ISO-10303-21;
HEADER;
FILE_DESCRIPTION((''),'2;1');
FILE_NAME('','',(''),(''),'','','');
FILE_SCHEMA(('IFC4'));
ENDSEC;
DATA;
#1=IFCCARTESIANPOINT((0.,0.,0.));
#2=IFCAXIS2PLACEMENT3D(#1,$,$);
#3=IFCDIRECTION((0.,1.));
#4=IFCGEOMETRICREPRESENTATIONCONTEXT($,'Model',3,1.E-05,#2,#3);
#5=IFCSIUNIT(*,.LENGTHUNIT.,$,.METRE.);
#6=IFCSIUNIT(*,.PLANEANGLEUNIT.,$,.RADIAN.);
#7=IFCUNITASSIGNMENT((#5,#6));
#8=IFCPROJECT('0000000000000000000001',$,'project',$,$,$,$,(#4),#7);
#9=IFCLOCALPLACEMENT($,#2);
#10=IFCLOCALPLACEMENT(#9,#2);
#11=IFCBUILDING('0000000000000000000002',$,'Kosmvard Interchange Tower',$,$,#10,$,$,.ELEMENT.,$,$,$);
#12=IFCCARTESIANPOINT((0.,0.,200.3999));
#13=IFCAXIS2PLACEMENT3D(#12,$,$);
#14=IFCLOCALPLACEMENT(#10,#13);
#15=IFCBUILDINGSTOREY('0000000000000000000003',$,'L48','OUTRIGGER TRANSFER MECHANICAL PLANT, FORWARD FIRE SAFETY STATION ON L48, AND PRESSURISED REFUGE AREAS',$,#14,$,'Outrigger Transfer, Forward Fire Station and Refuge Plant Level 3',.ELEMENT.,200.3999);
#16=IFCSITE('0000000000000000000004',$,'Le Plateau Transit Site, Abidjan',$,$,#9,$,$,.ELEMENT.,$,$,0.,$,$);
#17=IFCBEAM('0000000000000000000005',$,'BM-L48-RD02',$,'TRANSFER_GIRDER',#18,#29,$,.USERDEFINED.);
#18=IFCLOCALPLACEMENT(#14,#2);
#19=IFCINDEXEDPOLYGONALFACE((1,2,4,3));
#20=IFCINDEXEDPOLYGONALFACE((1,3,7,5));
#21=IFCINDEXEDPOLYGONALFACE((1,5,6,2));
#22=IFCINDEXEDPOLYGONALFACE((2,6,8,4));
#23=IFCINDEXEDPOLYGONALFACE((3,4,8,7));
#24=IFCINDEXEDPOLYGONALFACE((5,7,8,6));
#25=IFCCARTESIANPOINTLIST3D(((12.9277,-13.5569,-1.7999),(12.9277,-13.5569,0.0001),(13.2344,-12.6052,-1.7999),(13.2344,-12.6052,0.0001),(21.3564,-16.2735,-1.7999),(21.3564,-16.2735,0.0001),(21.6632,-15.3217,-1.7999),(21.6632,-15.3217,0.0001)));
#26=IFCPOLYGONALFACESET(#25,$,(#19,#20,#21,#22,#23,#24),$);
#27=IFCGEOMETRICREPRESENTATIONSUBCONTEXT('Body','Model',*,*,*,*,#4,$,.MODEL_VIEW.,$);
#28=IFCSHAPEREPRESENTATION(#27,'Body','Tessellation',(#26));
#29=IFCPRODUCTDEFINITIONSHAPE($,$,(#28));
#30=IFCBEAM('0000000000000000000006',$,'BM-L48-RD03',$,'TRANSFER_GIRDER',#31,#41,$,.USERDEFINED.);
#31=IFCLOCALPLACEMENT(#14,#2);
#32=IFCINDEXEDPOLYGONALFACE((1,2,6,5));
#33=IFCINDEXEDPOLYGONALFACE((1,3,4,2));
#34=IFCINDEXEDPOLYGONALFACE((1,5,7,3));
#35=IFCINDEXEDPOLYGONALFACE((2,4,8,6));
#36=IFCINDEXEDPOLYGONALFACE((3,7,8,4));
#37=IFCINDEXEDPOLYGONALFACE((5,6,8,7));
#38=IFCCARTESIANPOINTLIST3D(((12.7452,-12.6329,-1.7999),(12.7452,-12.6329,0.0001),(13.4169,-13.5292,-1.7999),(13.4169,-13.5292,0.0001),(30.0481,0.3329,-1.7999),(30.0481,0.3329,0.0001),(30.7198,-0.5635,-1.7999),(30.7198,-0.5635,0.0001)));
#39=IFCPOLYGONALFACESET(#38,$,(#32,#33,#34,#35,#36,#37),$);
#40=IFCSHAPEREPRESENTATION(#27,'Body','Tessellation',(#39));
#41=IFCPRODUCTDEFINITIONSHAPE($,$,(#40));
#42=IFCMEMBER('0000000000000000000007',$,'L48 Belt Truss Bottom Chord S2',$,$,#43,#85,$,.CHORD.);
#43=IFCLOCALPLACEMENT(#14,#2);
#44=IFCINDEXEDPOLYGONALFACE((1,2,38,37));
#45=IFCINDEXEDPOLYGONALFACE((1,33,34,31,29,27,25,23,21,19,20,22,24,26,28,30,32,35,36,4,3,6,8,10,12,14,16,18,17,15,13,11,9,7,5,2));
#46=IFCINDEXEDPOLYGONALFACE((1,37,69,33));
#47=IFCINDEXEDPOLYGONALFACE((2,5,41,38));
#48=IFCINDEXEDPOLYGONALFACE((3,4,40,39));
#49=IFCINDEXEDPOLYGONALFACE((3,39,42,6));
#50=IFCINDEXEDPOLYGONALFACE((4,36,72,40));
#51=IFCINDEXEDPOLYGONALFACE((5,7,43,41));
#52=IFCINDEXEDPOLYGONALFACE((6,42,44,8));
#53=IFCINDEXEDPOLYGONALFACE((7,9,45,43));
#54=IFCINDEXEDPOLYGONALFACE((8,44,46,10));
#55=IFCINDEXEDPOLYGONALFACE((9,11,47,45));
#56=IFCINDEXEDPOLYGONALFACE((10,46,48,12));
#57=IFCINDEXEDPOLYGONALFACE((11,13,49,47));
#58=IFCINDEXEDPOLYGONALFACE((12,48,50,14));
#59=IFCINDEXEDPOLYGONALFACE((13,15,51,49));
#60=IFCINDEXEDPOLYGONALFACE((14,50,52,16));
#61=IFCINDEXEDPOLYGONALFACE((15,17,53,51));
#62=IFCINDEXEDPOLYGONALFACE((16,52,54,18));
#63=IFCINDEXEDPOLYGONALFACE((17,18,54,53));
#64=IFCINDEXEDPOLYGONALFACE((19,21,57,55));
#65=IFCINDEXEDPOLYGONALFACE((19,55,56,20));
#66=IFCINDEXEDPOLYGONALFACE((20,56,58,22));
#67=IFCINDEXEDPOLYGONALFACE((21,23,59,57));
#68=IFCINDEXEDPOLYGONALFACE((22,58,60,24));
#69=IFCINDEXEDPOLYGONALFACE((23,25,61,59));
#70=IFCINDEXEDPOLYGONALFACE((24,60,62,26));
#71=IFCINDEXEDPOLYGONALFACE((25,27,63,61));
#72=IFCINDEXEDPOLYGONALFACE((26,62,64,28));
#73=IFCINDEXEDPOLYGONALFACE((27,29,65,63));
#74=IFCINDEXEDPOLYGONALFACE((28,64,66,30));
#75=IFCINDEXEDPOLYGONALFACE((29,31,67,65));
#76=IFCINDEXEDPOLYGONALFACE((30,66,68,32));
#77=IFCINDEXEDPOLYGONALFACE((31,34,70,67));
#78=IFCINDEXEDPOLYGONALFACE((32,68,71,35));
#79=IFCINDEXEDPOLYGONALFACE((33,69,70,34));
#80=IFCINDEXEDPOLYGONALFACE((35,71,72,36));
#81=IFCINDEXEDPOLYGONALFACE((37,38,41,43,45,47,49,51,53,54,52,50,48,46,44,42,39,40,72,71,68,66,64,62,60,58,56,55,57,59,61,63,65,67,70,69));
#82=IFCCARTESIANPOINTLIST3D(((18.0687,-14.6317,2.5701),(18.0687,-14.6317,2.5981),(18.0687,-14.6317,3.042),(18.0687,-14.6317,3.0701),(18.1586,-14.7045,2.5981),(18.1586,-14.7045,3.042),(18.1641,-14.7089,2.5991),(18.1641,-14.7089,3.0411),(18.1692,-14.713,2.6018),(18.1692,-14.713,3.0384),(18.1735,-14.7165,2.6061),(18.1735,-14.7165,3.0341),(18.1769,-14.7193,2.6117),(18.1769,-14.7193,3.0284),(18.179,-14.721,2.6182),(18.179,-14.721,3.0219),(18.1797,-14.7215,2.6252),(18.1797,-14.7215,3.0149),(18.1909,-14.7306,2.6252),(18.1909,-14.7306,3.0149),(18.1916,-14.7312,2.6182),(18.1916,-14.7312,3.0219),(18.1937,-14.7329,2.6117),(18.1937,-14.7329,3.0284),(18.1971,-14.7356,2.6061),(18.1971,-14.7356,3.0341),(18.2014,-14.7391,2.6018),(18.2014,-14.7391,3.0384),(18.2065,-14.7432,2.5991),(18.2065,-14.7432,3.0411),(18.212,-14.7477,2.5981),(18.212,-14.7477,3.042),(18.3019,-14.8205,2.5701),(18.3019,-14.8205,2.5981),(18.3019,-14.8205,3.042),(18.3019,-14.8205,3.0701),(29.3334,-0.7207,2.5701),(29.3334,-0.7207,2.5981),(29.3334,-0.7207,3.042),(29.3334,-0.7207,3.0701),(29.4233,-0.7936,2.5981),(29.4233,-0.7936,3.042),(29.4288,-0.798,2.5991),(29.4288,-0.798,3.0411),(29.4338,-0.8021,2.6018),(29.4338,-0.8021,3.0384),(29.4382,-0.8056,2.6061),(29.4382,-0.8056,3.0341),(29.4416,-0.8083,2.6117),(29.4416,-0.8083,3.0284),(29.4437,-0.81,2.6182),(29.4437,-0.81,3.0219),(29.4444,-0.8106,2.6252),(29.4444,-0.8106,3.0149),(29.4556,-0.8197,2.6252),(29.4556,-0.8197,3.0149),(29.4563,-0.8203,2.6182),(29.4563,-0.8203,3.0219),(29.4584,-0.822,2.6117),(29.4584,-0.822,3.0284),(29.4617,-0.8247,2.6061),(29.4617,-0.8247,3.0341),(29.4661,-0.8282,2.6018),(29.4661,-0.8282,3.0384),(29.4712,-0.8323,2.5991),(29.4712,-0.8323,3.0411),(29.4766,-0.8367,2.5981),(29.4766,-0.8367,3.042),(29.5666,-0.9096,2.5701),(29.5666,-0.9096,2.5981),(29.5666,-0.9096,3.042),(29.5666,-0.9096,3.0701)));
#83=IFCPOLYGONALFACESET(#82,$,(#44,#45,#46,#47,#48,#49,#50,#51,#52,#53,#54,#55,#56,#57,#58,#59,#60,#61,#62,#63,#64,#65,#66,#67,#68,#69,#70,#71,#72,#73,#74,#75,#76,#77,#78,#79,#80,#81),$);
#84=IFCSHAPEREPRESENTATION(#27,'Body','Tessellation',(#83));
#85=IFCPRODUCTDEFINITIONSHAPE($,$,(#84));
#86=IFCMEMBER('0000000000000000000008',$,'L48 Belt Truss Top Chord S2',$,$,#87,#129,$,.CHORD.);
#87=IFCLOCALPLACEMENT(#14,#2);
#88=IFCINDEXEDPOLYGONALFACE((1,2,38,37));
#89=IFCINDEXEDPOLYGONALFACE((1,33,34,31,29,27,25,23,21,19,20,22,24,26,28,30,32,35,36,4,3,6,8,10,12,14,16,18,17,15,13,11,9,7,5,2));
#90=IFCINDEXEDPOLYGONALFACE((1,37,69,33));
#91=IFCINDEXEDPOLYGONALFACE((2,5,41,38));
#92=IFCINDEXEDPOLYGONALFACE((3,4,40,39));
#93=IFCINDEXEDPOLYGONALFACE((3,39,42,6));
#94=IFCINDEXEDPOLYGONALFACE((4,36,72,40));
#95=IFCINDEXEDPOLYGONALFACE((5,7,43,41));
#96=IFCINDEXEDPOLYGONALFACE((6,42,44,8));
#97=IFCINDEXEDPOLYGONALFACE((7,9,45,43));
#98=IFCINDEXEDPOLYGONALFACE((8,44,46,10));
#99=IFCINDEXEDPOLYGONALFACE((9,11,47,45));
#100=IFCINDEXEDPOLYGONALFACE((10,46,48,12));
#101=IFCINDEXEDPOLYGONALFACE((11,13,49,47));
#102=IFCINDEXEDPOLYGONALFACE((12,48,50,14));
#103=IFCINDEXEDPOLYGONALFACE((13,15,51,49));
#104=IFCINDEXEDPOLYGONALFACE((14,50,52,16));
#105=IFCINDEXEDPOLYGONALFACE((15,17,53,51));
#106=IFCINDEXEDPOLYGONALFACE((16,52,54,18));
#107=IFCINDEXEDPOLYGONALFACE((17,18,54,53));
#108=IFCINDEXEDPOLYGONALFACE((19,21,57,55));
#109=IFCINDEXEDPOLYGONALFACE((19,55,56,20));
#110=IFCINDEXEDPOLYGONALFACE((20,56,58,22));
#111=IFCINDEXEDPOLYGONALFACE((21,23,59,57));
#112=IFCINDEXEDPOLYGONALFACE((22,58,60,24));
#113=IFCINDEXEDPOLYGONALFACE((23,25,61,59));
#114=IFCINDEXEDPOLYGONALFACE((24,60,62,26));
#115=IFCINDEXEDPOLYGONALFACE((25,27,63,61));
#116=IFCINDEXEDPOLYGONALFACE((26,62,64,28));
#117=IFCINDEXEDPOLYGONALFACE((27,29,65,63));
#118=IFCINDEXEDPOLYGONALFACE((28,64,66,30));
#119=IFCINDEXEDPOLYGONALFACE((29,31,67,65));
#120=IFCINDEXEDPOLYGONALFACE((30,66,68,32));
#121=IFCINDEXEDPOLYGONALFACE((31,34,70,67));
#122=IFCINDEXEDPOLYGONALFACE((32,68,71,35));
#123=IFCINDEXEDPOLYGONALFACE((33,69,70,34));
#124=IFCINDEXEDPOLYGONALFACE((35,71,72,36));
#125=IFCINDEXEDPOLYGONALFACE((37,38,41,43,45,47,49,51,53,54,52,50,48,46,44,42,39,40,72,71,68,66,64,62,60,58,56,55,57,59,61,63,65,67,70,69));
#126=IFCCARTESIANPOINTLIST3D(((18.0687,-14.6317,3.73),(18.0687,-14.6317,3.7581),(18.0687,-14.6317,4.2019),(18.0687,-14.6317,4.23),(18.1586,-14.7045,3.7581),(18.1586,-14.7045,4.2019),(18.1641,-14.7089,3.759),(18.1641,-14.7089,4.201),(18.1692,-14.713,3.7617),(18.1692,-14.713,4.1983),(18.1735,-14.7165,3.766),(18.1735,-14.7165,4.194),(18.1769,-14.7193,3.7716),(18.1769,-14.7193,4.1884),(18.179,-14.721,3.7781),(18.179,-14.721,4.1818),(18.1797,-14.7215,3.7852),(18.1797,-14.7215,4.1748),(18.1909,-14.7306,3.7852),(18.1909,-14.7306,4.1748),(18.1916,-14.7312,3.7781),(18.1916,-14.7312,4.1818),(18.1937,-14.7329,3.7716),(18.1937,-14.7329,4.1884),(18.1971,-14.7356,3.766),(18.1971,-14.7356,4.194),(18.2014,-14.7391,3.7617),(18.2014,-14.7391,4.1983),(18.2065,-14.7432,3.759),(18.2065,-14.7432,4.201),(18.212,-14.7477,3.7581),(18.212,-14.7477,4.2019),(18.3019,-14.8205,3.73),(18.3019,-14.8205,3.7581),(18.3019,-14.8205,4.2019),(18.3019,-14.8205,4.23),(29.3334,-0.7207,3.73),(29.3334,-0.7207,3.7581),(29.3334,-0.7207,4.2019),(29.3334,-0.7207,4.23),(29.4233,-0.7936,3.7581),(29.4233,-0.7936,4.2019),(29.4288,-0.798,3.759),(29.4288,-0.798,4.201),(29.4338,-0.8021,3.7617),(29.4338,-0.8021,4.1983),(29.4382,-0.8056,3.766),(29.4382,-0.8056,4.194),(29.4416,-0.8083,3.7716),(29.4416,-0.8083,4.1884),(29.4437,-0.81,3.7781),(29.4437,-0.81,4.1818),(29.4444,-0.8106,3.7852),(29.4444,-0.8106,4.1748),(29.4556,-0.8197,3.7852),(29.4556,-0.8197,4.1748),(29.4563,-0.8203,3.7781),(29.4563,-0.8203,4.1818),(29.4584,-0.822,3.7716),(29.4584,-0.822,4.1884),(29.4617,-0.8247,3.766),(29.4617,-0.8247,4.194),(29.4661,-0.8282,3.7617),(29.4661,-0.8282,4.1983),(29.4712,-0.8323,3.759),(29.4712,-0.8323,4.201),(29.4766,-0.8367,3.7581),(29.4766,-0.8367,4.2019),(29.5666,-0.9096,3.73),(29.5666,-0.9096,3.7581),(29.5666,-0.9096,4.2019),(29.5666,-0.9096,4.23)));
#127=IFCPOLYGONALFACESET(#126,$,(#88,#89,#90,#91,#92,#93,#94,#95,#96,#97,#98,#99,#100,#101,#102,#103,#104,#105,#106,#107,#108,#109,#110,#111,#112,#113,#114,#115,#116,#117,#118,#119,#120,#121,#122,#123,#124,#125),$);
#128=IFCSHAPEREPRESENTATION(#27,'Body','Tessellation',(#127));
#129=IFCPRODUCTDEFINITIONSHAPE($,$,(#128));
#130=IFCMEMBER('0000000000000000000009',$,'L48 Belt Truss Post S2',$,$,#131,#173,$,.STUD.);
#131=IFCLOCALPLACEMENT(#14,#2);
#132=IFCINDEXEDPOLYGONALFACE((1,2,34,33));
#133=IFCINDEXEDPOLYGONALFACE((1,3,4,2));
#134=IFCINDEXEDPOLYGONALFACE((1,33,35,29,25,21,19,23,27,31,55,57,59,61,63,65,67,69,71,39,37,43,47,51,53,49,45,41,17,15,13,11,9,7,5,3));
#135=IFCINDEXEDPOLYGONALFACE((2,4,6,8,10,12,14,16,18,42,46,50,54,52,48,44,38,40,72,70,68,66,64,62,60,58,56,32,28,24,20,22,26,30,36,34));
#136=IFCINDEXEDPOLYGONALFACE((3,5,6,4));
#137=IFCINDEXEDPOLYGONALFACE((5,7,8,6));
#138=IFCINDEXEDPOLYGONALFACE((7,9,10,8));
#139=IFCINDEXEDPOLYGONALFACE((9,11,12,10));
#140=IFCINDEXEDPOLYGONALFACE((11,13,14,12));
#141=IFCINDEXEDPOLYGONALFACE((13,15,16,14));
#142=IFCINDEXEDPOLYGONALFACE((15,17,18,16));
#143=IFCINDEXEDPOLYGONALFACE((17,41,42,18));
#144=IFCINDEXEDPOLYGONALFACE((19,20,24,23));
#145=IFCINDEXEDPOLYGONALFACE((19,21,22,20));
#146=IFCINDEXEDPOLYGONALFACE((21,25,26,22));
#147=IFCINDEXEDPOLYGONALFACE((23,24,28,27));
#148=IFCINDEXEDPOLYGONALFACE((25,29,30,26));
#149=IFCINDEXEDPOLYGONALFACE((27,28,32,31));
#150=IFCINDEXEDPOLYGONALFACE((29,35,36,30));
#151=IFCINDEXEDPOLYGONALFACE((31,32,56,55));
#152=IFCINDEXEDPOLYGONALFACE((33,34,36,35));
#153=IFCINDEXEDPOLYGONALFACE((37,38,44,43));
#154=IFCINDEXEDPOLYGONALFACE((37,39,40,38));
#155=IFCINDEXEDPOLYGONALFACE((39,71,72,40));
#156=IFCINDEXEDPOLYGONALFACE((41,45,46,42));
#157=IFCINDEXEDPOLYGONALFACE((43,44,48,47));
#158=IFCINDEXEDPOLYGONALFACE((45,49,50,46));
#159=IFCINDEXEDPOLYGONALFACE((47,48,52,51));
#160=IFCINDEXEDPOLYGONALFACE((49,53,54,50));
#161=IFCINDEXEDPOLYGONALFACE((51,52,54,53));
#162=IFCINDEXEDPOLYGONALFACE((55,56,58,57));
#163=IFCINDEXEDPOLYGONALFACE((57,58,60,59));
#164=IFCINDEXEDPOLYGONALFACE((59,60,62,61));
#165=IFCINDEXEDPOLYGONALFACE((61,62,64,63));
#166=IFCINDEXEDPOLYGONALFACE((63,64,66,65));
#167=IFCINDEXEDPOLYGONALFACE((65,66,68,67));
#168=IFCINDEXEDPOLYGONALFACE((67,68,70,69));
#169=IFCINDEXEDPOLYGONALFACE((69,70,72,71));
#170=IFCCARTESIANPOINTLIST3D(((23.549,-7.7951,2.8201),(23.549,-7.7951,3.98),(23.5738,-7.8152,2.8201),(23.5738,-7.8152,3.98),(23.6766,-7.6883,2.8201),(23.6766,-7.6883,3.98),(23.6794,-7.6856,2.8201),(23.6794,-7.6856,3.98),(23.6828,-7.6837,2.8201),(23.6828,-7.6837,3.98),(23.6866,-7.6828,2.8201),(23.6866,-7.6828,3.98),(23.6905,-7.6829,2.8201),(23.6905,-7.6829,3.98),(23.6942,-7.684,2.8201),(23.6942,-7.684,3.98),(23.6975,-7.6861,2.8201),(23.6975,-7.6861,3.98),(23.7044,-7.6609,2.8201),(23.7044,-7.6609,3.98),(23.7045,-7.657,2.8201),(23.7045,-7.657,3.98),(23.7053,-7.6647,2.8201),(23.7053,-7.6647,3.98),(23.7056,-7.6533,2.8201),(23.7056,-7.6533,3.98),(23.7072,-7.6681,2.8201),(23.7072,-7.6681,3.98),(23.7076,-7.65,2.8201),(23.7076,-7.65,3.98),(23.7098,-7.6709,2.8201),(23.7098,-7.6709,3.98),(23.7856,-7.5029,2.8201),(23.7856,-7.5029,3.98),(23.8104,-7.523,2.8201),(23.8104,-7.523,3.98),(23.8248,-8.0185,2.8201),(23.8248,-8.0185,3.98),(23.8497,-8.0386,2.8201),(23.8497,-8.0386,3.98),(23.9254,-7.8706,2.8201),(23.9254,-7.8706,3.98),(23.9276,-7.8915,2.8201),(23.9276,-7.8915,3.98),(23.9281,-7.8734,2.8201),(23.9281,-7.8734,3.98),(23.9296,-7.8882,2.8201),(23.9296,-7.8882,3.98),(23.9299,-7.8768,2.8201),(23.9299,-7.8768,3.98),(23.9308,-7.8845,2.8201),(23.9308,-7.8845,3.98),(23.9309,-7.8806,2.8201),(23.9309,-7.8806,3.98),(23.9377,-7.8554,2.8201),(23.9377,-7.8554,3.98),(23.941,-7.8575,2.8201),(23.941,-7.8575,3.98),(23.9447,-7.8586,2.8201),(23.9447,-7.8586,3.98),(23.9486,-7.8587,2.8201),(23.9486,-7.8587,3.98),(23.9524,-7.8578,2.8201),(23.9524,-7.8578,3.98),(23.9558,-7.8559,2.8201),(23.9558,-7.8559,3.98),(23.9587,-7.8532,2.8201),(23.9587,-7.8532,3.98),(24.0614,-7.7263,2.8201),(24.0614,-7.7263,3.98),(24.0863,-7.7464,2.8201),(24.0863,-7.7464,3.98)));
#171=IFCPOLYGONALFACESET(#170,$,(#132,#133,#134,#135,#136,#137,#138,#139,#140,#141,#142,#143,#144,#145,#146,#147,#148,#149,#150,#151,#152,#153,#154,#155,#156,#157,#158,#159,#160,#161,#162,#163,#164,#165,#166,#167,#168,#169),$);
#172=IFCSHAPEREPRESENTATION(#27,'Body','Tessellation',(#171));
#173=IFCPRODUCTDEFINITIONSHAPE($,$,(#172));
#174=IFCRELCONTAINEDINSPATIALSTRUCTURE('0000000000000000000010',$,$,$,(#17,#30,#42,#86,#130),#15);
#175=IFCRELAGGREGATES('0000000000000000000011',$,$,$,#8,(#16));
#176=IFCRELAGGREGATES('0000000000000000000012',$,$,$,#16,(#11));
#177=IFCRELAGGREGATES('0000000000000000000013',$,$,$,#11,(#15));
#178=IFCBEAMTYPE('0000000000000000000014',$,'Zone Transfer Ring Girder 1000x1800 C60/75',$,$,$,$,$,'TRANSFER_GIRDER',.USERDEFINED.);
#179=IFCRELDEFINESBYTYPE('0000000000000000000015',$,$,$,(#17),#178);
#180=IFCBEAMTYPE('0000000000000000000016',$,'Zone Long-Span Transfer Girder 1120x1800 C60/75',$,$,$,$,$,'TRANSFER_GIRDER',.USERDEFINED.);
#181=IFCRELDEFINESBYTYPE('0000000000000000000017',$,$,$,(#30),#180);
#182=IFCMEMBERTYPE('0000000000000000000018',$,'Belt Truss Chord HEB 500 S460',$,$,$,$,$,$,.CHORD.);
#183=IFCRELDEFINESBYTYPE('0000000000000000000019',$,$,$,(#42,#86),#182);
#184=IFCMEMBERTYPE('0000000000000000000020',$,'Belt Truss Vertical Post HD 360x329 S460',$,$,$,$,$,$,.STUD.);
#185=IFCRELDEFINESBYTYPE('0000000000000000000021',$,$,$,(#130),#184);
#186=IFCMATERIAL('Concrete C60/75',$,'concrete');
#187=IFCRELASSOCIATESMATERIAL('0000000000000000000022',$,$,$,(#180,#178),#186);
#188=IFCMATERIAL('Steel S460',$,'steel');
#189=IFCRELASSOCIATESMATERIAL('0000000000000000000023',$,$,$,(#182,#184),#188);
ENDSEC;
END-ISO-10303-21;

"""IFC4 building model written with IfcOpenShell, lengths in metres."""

from ifc_helpers import new_model, si_unit, direction, frame, origin, origin_2d, place, context, subcontext, project, spatial, rectangle, i_section, extrude, source, transform, mapped, material, material_profile, profile_set, type_object, element, save


model = new_model("IFC4")

# Units and contexts
model_context = context("Model", 3, precision=1e-05, world=origin(), true_north=direction((0.0, 1.0)))
body_context = subcontext(model_context, "Body", "Model", "MODEL_VIEW")
ifc_project = project(units=[si_unit("LENGTHUNIT", "METRE"), si_unit("PLANEANGLEUNIT", "RADIAN")], contexts=[model_context])

# Site, building, storey
site_placement = place(None, origin())
site = spatial("IfcSite", under=ifc_project, at=site_placement, Name="Le Plateau Transit Site, Abidjan", CompositionType="ELEMENT", RefElevation=0.0)
building_placement = place(site_placement, origin())
building = spatial("IfcBuilding", under=site, at=building_placement, Name="Kosmvard Interchange Tower", CompositionType="ELEMENT")
storey_placement = place(building_placement, frame((0.0, 0.0, 200.3999)))
storey = spatial("IfcBuildingStorey", under=building, at=storey_placement, Name="L48", Description="OUTRIGGER TRANSFER MECHANICAL PLANT, FORWARD FIRE SAFETY STATION ON L48, AND PRESSURISED REFUGE AREAS", LongName="Outrigger Transfer, Forward Fire Station and Refuge Plant Level 3", CompositionType="ELEMENT", Elevation=200.3999)

# Beams
ifc_material_1 = material(Name="Concrete C60/75", Category="concrete")
ifc_material_profile_1 = material_profile(ifc_material_1, rectangle(XDim=1.1201, YDim=1.8, at=origin_2d()), Name="TG 1120x1800")
ifc_profile_set_1 = profile_set([ifc_material_profile_1], Name="Concrete C60/75")
beam_type_1 = type_object("IfcBeamType", Name="Zone Long-Span Transfer Girder 1120x1800 C60/75", ElementType="TRANSFER_GIRDER", PredefinedType="USERDEFINED", material=ifc_profile_set_1)
ifc_material_profile_2 = material_profile(ifc_material_1, rectangle(XDim=1.0, YDim=1.8, at=origin_2d()), Name="TG 1000x1800")
ifc_profile_set_2 = profile_set([ifc_material_profile_2], Name="Concrete C60/75")
beam_type_2 = type_object("IfcBeamType", Name="Zone Transfer Ring Girder 1000x1800 C60/75", ElementType="TRANSFER_GIRDER", PredefinedType="USERDEFINED", material=ifc_profile_set_2)
shared_shape_1 = source(origin(), body_context, "Body", "SweptSolid", [
    extrude(rectangle(XDim=1.0, YDim=1.8, at=origin_2d()), origin(), (0.0, 0.0, 1.0), 8.8557),
])
beam_1_placement = place(storey_placement, frame((13.0811, -13.0811, -0.8999), z_axis=(0.951787, -0.306759, 0.0), x_axis=(0.306759, 0.951787, 0.0)))
element("IfcBeam", 1, at=beam_1_placement, inside=storey, type_object=beam_type_2, Name="BM-L48-RD02", ObjectType="TRANSFER_GIRDER", PredefinedType="USERDEFINED", context=body_context, shape_type="MappedRepresentation", body=[
    mapped(shared_shape_1, transform((0.0, 0.0, 0.0), scale=1.0)),
])
shared_shape_2 = source(origin(), body_context, "Body", "SweptSolid", [
    extrude(rectangle(XDim=1.1201, YDim=1.8, at=origin_2d()), origin(), (0.0, 0.0, 1.0), 21.6218),
])
beam_2_placement = place(storey_placement, frame((13.0811, -13.0811, -0.8999), z_axis=(0.800253, 0.599662, 0.0), x_axis=(-0.599662, 0.800253, 0.0)))
element("IfcBeam", 2, at=beam_2_placement, inside=storey, type_object=beam_type_1, Name="BM-L48-RD03", ObjectType="TRANSFER_GIRDER", PredefinedType="USERDEFINED", context=body_context, shape_type="MappedRepresentation", body=[
    mapped(shared_shape_2, transform((0.0, 0.0, 0.0), scale=1.0)),
])

# Members
ifc_material_2 = material(Name="Steel S460", Category="steel")
ifc_material_profile_3 = material_profile(ifc_material_2, i_section(OverallWidth=0.3, OverallDepth=0.5, WebThickness=0.0144, FlangeThickness=0.0281, FilletRadius=0.0271, at=origin_2d()), Name="HEB 500")
ifc_profile_set_3 = profile_set([ifc_material_profile_3], Name="Steel S460")
member_type_1 = type_object("IfcMemberType", Name="Belt Truss Chord HEB 500 S460", PredefinedType="CHORD", material=ifc_profile_set_3)
shared_shape_3 = source(origin(), body_context, "Body", "SweptSolid", [
    extrude(i_section(OverallWidth=0.3, OverallDepth=0.5, WebThickness=0.0144, FlangeThickness=0.0281, FilletRadius=0.0271, at=origin_2d()), origin(), (0.0, 0.0, 1.0), 17.8999),
])
for number, where, z_axis, x_axis, name in (
    (3, (18.1853, -14.7261, 2.8201), (0.629315, 0.777151, 0.0), (-0.777151, 0.629315, 0.0), "L48 Belt Truss Bottom Chord S2"),
    (4, (18.1853, -14.7261, 3.98), (0.629315, 0.777151, 0.0), (-0.777151, 0.629315, 0.0), "L48 Belt Truss Top Chord S2"),
):
    element("IfcMember", number, at=place(storey_placement, frame(where, z_axis=z_axis, x_axis=x_axis)), inside=storey, type_object=member_type_1, Name=name, PredefinedType="CHORD", context=body_context, shape_type="MappedRepresentation", body=[
        mapped(shared_shape_3, transform((0.0, 0.0, 0.0), scale=1.0)),
    ])
ifc_material_profile_4 = material_profile(ifc_material_2, i_section(OverallWidth=0.376, OverallDepth=0.387, WebThickness=0.0195, FlangeThickness=0.032, FilletRadius=0.0149, at=origin_2d()), Name="HD 360x329")
ifc_profile_set_4 = profile_set([ifc_material_profile_4], Name="Steel S460")
member_type_2 = type_object("IfcMemberType", Name="Belt Truss Vertical Post HD 360x329 S460", PredefinedType="STUD", material=ifc_profile_set_4)
shared_shape_4 = source(origin(), body_context, "Body", "SweptSolid", [
    extrude(i_section(OverallWidth=0.376, OverallDepth=0.387, WebThickness=0.0195, FlangeThickness=0.032, FilletRadius=0.0149, at=origin_2d()), origin(), (0.0, 0.0, 1.0), 1.1599),
])
member_1_placement = place(storey_placement, frame((23.8176, -7.7708, 2.8201), z_axis=(0.0, 0.0, 1.0), x_axis=(0.62932, 0.777146, 0.0)))
element("IfcMember", 5, at=member_1_placement, inside=storey, type_object=member_type_2, Name="L48 Belt Truss Post S2", PredefinedType="STUD", context=body_context, shape_type="MappedRepresentation", body=[
    mapped(shared_shape_4, transform((0.0, 0.0, 0.0), scale=1.0)),
])

save(model, "model.ifc")
